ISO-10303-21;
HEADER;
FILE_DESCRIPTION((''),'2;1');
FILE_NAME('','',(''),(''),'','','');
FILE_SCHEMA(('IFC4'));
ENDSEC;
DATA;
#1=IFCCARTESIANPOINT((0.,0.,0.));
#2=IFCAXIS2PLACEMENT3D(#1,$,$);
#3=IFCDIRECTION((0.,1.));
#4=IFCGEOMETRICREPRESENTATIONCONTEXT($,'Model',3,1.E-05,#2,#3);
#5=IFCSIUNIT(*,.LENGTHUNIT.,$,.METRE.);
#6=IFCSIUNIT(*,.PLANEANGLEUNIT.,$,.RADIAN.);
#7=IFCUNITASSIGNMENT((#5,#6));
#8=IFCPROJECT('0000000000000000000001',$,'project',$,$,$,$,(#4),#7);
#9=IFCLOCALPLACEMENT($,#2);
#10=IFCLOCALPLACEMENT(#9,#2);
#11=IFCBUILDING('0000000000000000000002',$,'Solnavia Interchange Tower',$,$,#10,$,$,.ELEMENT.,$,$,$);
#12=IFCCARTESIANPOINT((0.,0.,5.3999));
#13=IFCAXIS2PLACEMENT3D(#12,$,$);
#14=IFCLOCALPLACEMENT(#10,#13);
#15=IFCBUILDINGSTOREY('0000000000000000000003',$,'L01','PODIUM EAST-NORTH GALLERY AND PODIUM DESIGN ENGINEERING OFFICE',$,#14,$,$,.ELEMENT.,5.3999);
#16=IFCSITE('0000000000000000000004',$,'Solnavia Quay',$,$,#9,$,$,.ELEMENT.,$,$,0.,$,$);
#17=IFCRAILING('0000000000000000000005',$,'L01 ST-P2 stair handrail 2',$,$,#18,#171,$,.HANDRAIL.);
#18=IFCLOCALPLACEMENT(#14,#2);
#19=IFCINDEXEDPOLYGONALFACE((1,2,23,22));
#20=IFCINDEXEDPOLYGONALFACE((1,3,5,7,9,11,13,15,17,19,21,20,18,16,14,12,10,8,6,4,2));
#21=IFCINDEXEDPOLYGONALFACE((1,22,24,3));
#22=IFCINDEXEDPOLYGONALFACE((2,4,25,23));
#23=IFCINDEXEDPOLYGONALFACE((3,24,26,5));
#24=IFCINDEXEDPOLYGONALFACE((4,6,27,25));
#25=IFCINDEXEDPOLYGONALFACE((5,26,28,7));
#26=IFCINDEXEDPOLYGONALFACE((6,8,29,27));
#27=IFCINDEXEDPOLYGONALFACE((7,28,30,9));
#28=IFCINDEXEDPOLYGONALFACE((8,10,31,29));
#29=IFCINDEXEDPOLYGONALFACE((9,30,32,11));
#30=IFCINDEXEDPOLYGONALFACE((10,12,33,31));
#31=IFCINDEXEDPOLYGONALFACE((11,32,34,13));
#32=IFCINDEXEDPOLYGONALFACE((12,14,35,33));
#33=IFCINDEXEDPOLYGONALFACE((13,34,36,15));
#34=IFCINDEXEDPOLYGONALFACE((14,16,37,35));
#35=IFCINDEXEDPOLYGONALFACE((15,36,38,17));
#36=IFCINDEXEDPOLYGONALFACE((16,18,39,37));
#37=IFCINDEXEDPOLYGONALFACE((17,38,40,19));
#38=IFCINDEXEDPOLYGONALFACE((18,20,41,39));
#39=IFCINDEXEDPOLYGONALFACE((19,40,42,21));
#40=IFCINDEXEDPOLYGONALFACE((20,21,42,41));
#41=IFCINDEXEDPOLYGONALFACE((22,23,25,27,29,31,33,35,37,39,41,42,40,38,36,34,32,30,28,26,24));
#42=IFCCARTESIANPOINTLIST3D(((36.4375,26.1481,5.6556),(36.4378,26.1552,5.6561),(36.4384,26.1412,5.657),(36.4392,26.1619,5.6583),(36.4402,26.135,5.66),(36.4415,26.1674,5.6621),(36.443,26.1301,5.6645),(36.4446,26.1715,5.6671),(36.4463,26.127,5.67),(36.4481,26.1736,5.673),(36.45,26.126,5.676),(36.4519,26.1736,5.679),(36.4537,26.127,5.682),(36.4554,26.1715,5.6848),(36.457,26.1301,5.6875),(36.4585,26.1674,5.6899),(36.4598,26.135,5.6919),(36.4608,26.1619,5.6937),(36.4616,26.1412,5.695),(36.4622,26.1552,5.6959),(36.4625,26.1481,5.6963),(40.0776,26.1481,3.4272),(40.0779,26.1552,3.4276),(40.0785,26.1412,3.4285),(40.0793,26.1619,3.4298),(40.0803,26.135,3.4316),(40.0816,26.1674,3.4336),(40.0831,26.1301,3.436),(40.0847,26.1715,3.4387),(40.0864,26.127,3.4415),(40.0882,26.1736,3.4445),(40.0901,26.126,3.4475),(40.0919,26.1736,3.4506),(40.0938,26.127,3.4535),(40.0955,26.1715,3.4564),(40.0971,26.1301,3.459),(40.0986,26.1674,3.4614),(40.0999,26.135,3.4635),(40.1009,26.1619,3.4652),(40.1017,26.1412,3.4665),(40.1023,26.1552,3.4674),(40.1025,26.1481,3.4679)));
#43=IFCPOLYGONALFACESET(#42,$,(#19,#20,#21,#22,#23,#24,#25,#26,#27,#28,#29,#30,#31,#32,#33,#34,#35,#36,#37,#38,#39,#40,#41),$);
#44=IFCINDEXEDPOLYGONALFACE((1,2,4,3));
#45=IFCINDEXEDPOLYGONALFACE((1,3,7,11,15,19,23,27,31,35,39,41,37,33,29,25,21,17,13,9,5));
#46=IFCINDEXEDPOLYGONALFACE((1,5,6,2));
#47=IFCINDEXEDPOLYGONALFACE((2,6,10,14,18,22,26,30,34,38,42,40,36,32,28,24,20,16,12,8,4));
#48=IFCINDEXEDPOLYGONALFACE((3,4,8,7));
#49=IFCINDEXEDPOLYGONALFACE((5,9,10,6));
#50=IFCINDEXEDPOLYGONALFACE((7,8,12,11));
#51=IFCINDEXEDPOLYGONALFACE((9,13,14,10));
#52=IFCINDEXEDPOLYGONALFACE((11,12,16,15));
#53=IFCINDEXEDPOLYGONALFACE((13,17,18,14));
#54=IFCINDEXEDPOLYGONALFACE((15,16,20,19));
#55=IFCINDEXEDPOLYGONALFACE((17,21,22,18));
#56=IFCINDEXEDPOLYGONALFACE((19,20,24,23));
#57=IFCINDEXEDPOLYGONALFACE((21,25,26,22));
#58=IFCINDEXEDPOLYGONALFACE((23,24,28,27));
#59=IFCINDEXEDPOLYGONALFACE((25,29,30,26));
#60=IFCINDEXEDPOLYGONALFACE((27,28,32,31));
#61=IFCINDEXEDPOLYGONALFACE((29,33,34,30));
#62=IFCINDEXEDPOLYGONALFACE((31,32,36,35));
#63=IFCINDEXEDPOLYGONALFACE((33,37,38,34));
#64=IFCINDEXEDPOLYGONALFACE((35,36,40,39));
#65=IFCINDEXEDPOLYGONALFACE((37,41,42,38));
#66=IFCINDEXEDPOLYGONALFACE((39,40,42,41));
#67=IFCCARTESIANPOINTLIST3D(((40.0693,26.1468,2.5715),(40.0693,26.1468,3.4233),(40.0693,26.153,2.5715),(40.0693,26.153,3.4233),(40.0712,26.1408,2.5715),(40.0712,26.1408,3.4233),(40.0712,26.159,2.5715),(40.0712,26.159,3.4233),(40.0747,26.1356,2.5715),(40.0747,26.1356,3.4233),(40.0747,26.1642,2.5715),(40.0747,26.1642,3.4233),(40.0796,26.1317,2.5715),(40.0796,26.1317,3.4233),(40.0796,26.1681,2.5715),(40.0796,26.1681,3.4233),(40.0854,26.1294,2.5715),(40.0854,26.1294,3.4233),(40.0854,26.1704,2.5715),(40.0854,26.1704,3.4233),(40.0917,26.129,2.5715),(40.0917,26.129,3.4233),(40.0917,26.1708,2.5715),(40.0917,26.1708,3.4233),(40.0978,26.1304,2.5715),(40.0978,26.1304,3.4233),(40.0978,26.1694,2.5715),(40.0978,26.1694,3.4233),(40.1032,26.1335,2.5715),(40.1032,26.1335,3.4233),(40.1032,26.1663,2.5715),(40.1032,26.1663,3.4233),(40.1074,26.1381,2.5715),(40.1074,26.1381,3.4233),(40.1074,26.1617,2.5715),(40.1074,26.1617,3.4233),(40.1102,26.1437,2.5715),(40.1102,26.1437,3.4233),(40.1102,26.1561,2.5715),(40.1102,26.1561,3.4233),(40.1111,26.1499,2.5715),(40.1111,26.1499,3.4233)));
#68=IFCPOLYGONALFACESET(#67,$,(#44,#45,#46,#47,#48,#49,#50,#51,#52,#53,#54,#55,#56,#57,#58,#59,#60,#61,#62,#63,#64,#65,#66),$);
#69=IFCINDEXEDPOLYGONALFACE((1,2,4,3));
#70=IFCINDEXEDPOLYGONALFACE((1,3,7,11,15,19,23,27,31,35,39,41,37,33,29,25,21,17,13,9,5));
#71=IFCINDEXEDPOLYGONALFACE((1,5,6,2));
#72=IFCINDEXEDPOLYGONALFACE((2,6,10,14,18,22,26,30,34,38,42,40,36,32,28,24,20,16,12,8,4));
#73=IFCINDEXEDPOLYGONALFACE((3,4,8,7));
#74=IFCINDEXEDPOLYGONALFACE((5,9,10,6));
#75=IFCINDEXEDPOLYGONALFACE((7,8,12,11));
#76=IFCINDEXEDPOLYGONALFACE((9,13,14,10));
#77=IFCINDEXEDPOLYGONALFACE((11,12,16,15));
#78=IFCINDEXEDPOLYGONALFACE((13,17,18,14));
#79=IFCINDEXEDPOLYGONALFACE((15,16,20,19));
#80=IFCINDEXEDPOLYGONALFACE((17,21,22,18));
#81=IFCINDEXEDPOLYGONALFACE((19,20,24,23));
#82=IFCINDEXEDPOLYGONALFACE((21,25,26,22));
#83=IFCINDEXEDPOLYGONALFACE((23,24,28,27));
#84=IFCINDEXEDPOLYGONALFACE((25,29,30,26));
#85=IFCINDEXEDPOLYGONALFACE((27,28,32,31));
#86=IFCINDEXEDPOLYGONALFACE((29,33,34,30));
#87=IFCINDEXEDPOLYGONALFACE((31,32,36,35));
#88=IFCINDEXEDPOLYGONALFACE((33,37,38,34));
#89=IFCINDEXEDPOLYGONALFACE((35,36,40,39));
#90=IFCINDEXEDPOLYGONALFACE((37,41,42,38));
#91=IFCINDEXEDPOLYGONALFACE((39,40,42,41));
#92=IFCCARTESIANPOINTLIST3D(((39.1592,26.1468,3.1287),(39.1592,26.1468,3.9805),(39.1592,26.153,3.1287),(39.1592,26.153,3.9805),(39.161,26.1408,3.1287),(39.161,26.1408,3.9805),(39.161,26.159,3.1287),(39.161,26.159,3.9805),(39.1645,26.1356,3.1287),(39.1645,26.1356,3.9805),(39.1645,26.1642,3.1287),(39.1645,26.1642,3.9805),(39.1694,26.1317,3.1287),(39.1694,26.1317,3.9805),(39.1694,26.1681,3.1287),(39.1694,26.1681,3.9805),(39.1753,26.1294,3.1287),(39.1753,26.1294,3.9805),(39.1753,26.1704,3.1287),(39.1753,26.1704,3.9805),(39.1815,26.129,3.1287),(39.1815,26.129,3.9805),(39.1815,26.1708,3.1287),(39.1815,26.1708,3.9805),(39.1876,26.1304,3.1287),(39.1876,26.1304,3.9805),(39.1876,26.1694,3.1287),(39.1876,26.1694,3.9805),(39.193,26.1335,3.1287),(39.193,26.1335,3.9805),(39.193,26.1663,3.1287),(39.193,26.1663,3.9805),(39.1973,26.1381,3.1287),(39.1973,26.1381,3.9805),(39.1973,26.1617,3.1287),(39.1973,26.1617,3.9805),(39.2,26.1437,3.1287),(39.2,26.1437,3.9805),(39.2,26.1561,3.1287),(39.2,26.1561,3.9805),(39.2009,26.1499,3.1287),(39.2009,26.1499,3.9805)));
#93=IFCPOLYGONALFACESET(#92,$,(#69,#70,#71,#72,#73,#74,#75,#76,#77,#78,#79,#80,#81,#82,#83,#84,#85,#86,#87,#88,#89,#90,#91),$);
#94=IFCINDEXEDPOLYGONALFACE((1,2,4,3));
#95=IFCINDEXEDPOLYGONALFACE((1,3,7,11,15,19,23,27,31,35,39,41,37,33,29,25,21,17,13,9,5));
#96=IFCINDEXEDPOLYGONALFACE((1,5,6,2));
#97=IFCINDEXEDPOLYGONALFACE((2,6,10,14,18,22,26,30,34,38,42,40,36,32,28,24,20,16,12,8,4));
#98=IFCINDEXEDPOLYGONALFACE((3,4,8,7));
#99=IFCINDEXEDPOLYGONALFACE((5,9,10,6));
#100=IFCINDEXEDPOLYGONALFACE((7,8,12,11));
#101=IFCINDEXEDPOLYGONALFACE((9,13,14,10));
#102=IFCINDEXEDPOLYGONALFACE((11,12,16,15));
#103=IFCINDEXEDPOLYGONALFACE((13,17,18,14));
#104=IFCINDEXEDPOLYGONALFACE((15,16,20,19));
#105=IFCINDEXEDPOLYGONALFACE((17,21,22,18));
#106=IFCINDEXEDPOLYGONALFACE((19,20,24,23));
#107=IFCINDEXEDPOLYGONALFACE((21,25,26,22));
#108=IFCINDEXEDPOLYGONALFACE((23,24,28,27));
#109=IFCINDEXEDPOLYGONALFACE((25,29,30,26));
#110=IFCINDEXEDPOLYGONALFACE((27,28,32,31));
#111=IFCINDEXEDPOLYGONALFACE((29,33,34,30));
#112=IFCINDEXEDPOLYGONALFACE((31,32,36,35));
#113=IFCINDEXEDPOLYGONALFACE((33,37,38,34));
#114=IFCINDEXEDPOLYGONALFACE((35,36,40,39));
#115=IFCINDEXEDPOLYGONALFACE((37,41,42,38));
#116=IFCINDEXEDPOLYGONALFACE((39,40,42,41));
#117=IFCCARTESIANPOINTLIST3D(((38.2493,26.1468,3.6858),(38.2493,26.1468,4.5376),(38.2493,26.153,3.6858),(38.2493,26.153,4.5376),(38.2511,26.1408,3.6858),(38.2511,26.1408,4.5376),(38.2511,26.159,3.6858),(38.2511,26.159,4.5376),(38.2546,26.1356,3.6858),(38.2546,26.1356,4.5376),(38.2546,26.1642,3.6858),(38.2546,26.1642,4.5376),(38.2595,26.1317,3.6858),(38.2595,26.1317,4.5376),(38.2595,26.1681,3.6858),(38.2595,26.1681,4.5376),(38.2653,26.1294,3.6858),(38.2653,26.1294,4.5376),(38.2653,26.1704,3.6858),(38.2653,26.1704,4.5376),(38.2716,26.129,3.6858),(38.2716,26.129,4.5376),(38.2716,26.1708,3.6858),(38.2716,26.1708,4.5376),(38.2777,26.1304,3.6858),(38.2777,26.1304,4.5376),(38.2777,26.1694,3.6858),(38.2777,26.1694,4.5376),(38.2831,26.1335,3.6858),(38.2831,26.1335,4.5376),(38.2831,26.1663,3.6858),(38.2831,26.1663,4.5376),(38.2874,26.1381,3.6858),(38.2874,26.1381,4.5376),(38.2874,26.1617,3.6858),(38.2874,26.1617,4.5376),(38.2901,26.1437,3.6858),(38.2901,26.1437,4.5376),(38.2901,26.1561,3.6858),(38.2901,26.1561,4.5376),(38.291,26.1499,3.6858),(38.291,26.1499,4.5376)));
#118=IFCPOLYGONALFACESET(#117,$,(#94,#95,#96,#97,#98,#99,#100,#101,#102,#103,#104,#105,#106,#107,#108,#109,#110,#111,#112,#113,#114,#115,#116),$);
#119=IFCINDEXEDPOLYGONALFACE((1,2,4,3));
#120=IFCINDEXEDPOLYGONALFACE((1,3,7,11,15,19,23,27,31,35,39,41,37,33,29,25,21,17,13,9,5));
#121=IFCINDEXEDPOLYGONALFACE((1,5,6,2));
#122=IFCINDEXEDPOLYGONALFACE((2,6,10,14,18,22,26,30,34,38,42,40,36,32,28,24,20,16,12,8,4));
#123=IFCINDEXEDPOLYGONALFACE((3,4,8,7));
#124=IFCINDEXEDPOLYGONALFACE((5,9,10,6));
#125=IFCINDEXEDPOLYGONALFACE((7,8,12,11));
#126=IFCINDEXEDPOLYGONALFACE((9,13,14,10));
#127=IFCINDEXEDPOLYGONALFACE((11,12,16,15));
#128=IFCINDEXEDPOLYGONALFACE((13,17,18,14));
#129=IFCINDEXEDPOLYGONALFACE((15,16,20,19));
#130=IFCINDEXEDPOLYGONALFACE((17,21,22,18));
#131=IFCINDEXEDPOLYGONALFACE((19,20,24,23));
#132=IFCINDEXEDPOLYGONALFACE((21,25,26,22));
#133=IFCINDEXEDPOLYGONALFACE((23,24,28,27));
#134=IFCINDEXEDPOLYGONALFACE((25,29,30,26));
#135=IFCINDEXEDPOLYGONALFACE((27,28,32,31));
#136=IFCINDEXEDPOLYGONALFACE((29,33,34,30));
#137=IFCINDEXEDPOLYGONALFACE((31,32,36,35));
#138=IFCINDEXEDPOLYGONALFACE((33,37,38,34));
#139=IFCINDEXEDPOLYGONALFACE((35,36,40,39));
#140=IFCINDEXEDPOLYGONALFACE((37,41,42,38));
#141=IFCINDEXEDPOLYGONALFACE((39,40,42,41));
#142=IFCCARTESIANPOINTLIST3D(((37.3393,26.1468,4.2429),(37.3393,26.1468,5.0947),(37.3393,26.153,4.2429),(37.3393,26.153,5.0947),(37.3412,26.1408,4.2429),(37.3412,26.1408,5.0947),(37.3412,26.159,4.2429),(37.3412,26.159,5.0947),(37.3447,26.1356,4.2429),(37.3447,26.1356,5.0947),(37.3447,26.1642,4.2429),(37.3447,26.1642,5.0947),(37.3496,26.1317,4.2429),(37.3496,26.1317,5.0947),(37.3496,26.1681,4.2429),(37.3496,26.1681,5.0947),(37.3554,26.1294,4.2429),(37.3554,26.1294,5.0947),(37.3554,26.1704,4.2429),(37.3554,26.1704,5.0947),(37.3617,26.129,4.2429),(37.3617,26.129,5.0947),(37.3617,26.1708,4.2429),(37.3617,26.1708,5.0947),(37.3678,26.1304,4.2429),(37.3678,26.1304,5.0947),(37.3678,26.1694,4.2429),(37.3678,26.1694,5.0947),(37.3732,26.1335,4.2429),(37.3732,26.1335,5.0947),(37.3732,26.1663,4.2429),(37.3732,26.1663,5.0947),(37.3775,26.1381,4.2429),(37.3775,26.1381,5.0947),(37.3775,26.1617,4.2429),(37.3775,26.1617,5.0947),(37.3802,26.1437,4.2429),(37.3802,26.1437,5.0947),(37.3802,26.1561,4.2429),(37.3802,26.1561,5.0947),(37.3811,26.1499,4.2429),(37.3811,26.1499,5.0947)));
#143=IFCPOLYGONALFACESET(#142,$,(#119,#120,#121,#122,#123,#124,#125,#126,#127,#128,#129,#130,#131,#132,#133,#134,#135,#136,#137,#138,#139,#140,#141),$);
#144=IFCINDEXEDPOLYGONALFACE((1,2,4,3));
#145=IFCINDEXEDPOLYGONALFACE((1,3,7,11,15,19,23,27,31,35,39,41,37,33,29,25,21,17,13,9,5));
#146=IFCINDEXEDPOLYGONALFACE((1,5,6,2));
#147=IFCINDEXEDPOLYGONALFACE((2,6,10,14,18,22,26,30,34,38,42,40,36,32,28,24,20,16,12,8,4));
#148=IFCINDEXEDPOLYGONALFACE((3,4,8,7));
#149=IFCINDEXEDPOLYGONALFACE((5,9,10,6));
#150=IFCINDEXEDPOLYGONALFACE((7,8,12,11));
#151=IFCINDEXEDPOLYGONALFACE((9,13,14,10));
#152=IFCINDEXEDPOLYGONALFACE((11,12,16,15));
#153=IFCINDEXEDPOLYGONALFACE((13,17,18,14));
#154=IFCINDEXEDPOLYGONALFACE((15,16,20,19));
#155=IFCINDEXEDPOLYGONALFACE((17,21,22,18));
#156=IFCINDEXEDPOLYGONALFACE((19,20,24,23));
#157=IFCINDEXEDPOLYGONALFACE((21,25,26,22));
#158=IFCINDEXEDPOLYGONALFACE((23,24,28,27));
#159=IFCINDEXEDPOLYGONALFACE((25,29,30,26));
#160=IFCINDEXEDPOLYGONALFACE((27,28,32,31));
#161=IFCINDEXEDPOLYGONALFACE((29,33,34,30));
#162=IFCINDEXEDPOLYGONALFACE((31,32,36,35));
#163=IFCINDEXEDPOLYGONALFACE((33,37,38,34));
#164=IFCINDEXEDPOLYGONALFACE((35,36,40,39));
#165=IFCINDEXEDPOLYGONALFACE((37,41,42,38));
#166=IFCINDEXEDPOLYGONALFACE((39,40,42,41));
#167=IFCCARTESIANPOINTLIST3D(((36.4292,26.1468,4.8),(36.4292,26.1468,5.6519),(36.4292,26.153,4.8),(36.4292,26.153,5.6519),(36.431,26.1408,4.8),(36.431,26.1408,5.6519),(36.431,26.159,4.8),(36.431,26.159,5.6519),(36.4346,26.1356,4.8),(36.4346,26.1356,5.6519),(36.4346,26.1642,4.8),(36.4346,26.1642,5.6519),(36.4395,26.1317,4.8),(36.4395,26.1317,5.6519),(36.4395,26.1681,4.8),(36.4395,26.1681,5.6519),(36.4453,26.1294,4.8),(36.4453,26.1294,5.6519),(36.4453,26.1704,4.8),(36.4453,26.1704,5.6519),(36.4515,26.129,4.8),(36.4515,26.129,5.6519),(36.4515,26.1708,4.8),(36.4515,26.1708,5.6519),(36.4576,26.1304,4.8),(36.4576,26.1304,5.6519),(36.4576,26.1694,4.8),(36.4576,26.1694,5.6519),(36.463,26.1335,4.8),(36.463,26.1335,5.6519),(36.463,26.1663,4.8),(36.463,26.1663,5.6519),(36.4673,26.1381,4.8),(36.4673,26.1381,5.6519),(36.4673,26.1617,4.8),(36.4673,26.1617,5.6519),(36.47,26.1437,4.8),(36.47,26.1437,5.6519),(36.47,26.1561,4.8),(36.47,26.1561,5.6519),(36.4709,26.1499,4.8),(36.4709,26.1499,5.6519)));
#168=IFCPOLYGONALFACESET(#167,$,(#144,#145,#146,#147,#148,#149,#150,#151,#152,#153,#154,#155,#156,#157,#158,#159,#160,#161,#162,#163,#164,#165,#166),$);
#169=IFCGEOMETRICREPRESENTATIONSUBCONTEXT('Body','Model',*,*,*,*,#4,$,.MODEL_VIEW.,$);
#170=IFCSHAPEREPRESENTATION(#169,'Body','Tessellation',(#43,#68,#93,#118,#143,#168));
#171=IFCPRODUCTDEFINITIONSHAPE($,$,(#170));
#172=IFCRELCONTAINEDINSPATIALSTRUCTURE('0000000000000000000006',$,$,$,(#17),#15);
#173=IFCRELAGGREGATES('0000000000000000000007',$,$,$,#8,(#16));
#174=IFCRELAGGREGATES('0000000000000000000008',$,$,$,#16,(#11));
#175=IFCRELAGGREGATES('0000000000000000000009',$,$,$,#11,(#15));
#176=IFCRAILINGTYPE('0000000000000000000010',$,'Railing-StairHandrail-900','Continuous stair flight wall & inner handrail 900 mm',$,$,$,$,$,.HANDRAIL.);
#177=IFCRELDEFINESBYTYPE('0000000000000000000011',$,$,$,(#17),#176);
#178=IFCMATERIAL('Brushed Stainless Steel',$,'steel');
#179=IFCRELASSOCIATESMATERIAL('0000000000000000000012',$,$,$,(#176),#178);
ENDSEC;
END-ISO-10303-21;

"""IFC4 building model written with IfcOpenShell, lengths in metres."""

from ifc_helpers import new_model, si_unit, direction, frame, origin, origin_2d, place, context, subcontext, project, spatial, circle, extrude, material, type_object, element, save


model = new_model("IFC4")

# Units and contexts
model_context = context("Model", 3, precision=1e-05, world=origin(), true_north=direction((0.0, 1.0)))
body_context = subcontext(model_context, "Body", "Model", "MODEL_VIEW")
ifc_project = project(units=[si_unit("LENGTHUNIT", "METRE"), si_unit("PLANEANGLEUNIT", "RADIAN")], contexts=[model_context])

# Site, building, storey
site_placement = place(None, origin())
site = spatial("IfcSite", under=ifc_project, at=site_placement, Name="Solnavia Quay", CompositionType="ELEMENT", RefElevation=0.0)
building_placement = place(site_placement, origin())
building = spatial("IfcBuilding", under=site, at=building_placement, Name="Solnavia Interchange Tower", CompositionType="ELEMENT")
storey_placement = place(building_placement, frame((0.0, 0.0, 5.3999)))
storey = spatial("IfcBuildingStorey", under=building, at=storey_placement, Name="L01", Description="PODIUM EAST-NORTH GALLERY AND PODIUM DESIGN ENGINEERING OFFICE", CompositionType="ELEMENT", Elevation=5.3999)

# Railing
ifc_material_1 = material(Name="Brushed Stainless Steel", Category="steel")
railing_type_1 = type_object("IfcRailingType", Name="Railing-StairHandrail-900", Description="Continuous stair flight wall & inner handrail 900 mm", PredefinedType="HANDRAIL", material=ifc_material_1)
railing_1_placement = place(storey_placement, frame((40.0901, 26.1499, 2.5715)))
element("IfcRailing", 1, at=railing_1_placement, inside=storey, type_object=railing_type_1, Name="L01 ST-P2 stair handrail 2", PredefinedType="HANDRAIL", context=body_context, shape_type="SweptSolid", body=[
    extrude(circle(Radius=0.0239, at=origin_2d()), frame((0.0, 0.0, 0.876), z_axis=(-0.852866, 0.0, 0.52213), x_axis=(0.0, -1.0, 0.0)), (0.0, 0.0, 1.0), 4.2681),
    extrude(circle(Radius=0.021, at=origin_2d()), origin(), (0.0, 0.0, 1.0), 0.8518),
    extrude(circle(Radius=0.021, at=origin_2d()), frame((-0.9102, 0.0, 0.5571)), (0.0, 0.0, 1.0), 0.8518),
    extrude(circle(Radius=0.021, at=origin_2d()), frame((-1.8201, 0.0, 1.1143)), (0.0, 0.0, 1.0), 0.8518),
    extrude(circle(Radius=0.021, at=origin_2d()), frame((-2.73, 0.0, 1.6714)), (0.0, 0.0, 1.0), 0.8518),
    extrude(circle(Radius=0.021, at=origin_2d()), frame((-3.6401, 0.0, 2.2285)), (0.0, 0.0, 1.0), 0.8518),
])

save(model, "model.ifc")
